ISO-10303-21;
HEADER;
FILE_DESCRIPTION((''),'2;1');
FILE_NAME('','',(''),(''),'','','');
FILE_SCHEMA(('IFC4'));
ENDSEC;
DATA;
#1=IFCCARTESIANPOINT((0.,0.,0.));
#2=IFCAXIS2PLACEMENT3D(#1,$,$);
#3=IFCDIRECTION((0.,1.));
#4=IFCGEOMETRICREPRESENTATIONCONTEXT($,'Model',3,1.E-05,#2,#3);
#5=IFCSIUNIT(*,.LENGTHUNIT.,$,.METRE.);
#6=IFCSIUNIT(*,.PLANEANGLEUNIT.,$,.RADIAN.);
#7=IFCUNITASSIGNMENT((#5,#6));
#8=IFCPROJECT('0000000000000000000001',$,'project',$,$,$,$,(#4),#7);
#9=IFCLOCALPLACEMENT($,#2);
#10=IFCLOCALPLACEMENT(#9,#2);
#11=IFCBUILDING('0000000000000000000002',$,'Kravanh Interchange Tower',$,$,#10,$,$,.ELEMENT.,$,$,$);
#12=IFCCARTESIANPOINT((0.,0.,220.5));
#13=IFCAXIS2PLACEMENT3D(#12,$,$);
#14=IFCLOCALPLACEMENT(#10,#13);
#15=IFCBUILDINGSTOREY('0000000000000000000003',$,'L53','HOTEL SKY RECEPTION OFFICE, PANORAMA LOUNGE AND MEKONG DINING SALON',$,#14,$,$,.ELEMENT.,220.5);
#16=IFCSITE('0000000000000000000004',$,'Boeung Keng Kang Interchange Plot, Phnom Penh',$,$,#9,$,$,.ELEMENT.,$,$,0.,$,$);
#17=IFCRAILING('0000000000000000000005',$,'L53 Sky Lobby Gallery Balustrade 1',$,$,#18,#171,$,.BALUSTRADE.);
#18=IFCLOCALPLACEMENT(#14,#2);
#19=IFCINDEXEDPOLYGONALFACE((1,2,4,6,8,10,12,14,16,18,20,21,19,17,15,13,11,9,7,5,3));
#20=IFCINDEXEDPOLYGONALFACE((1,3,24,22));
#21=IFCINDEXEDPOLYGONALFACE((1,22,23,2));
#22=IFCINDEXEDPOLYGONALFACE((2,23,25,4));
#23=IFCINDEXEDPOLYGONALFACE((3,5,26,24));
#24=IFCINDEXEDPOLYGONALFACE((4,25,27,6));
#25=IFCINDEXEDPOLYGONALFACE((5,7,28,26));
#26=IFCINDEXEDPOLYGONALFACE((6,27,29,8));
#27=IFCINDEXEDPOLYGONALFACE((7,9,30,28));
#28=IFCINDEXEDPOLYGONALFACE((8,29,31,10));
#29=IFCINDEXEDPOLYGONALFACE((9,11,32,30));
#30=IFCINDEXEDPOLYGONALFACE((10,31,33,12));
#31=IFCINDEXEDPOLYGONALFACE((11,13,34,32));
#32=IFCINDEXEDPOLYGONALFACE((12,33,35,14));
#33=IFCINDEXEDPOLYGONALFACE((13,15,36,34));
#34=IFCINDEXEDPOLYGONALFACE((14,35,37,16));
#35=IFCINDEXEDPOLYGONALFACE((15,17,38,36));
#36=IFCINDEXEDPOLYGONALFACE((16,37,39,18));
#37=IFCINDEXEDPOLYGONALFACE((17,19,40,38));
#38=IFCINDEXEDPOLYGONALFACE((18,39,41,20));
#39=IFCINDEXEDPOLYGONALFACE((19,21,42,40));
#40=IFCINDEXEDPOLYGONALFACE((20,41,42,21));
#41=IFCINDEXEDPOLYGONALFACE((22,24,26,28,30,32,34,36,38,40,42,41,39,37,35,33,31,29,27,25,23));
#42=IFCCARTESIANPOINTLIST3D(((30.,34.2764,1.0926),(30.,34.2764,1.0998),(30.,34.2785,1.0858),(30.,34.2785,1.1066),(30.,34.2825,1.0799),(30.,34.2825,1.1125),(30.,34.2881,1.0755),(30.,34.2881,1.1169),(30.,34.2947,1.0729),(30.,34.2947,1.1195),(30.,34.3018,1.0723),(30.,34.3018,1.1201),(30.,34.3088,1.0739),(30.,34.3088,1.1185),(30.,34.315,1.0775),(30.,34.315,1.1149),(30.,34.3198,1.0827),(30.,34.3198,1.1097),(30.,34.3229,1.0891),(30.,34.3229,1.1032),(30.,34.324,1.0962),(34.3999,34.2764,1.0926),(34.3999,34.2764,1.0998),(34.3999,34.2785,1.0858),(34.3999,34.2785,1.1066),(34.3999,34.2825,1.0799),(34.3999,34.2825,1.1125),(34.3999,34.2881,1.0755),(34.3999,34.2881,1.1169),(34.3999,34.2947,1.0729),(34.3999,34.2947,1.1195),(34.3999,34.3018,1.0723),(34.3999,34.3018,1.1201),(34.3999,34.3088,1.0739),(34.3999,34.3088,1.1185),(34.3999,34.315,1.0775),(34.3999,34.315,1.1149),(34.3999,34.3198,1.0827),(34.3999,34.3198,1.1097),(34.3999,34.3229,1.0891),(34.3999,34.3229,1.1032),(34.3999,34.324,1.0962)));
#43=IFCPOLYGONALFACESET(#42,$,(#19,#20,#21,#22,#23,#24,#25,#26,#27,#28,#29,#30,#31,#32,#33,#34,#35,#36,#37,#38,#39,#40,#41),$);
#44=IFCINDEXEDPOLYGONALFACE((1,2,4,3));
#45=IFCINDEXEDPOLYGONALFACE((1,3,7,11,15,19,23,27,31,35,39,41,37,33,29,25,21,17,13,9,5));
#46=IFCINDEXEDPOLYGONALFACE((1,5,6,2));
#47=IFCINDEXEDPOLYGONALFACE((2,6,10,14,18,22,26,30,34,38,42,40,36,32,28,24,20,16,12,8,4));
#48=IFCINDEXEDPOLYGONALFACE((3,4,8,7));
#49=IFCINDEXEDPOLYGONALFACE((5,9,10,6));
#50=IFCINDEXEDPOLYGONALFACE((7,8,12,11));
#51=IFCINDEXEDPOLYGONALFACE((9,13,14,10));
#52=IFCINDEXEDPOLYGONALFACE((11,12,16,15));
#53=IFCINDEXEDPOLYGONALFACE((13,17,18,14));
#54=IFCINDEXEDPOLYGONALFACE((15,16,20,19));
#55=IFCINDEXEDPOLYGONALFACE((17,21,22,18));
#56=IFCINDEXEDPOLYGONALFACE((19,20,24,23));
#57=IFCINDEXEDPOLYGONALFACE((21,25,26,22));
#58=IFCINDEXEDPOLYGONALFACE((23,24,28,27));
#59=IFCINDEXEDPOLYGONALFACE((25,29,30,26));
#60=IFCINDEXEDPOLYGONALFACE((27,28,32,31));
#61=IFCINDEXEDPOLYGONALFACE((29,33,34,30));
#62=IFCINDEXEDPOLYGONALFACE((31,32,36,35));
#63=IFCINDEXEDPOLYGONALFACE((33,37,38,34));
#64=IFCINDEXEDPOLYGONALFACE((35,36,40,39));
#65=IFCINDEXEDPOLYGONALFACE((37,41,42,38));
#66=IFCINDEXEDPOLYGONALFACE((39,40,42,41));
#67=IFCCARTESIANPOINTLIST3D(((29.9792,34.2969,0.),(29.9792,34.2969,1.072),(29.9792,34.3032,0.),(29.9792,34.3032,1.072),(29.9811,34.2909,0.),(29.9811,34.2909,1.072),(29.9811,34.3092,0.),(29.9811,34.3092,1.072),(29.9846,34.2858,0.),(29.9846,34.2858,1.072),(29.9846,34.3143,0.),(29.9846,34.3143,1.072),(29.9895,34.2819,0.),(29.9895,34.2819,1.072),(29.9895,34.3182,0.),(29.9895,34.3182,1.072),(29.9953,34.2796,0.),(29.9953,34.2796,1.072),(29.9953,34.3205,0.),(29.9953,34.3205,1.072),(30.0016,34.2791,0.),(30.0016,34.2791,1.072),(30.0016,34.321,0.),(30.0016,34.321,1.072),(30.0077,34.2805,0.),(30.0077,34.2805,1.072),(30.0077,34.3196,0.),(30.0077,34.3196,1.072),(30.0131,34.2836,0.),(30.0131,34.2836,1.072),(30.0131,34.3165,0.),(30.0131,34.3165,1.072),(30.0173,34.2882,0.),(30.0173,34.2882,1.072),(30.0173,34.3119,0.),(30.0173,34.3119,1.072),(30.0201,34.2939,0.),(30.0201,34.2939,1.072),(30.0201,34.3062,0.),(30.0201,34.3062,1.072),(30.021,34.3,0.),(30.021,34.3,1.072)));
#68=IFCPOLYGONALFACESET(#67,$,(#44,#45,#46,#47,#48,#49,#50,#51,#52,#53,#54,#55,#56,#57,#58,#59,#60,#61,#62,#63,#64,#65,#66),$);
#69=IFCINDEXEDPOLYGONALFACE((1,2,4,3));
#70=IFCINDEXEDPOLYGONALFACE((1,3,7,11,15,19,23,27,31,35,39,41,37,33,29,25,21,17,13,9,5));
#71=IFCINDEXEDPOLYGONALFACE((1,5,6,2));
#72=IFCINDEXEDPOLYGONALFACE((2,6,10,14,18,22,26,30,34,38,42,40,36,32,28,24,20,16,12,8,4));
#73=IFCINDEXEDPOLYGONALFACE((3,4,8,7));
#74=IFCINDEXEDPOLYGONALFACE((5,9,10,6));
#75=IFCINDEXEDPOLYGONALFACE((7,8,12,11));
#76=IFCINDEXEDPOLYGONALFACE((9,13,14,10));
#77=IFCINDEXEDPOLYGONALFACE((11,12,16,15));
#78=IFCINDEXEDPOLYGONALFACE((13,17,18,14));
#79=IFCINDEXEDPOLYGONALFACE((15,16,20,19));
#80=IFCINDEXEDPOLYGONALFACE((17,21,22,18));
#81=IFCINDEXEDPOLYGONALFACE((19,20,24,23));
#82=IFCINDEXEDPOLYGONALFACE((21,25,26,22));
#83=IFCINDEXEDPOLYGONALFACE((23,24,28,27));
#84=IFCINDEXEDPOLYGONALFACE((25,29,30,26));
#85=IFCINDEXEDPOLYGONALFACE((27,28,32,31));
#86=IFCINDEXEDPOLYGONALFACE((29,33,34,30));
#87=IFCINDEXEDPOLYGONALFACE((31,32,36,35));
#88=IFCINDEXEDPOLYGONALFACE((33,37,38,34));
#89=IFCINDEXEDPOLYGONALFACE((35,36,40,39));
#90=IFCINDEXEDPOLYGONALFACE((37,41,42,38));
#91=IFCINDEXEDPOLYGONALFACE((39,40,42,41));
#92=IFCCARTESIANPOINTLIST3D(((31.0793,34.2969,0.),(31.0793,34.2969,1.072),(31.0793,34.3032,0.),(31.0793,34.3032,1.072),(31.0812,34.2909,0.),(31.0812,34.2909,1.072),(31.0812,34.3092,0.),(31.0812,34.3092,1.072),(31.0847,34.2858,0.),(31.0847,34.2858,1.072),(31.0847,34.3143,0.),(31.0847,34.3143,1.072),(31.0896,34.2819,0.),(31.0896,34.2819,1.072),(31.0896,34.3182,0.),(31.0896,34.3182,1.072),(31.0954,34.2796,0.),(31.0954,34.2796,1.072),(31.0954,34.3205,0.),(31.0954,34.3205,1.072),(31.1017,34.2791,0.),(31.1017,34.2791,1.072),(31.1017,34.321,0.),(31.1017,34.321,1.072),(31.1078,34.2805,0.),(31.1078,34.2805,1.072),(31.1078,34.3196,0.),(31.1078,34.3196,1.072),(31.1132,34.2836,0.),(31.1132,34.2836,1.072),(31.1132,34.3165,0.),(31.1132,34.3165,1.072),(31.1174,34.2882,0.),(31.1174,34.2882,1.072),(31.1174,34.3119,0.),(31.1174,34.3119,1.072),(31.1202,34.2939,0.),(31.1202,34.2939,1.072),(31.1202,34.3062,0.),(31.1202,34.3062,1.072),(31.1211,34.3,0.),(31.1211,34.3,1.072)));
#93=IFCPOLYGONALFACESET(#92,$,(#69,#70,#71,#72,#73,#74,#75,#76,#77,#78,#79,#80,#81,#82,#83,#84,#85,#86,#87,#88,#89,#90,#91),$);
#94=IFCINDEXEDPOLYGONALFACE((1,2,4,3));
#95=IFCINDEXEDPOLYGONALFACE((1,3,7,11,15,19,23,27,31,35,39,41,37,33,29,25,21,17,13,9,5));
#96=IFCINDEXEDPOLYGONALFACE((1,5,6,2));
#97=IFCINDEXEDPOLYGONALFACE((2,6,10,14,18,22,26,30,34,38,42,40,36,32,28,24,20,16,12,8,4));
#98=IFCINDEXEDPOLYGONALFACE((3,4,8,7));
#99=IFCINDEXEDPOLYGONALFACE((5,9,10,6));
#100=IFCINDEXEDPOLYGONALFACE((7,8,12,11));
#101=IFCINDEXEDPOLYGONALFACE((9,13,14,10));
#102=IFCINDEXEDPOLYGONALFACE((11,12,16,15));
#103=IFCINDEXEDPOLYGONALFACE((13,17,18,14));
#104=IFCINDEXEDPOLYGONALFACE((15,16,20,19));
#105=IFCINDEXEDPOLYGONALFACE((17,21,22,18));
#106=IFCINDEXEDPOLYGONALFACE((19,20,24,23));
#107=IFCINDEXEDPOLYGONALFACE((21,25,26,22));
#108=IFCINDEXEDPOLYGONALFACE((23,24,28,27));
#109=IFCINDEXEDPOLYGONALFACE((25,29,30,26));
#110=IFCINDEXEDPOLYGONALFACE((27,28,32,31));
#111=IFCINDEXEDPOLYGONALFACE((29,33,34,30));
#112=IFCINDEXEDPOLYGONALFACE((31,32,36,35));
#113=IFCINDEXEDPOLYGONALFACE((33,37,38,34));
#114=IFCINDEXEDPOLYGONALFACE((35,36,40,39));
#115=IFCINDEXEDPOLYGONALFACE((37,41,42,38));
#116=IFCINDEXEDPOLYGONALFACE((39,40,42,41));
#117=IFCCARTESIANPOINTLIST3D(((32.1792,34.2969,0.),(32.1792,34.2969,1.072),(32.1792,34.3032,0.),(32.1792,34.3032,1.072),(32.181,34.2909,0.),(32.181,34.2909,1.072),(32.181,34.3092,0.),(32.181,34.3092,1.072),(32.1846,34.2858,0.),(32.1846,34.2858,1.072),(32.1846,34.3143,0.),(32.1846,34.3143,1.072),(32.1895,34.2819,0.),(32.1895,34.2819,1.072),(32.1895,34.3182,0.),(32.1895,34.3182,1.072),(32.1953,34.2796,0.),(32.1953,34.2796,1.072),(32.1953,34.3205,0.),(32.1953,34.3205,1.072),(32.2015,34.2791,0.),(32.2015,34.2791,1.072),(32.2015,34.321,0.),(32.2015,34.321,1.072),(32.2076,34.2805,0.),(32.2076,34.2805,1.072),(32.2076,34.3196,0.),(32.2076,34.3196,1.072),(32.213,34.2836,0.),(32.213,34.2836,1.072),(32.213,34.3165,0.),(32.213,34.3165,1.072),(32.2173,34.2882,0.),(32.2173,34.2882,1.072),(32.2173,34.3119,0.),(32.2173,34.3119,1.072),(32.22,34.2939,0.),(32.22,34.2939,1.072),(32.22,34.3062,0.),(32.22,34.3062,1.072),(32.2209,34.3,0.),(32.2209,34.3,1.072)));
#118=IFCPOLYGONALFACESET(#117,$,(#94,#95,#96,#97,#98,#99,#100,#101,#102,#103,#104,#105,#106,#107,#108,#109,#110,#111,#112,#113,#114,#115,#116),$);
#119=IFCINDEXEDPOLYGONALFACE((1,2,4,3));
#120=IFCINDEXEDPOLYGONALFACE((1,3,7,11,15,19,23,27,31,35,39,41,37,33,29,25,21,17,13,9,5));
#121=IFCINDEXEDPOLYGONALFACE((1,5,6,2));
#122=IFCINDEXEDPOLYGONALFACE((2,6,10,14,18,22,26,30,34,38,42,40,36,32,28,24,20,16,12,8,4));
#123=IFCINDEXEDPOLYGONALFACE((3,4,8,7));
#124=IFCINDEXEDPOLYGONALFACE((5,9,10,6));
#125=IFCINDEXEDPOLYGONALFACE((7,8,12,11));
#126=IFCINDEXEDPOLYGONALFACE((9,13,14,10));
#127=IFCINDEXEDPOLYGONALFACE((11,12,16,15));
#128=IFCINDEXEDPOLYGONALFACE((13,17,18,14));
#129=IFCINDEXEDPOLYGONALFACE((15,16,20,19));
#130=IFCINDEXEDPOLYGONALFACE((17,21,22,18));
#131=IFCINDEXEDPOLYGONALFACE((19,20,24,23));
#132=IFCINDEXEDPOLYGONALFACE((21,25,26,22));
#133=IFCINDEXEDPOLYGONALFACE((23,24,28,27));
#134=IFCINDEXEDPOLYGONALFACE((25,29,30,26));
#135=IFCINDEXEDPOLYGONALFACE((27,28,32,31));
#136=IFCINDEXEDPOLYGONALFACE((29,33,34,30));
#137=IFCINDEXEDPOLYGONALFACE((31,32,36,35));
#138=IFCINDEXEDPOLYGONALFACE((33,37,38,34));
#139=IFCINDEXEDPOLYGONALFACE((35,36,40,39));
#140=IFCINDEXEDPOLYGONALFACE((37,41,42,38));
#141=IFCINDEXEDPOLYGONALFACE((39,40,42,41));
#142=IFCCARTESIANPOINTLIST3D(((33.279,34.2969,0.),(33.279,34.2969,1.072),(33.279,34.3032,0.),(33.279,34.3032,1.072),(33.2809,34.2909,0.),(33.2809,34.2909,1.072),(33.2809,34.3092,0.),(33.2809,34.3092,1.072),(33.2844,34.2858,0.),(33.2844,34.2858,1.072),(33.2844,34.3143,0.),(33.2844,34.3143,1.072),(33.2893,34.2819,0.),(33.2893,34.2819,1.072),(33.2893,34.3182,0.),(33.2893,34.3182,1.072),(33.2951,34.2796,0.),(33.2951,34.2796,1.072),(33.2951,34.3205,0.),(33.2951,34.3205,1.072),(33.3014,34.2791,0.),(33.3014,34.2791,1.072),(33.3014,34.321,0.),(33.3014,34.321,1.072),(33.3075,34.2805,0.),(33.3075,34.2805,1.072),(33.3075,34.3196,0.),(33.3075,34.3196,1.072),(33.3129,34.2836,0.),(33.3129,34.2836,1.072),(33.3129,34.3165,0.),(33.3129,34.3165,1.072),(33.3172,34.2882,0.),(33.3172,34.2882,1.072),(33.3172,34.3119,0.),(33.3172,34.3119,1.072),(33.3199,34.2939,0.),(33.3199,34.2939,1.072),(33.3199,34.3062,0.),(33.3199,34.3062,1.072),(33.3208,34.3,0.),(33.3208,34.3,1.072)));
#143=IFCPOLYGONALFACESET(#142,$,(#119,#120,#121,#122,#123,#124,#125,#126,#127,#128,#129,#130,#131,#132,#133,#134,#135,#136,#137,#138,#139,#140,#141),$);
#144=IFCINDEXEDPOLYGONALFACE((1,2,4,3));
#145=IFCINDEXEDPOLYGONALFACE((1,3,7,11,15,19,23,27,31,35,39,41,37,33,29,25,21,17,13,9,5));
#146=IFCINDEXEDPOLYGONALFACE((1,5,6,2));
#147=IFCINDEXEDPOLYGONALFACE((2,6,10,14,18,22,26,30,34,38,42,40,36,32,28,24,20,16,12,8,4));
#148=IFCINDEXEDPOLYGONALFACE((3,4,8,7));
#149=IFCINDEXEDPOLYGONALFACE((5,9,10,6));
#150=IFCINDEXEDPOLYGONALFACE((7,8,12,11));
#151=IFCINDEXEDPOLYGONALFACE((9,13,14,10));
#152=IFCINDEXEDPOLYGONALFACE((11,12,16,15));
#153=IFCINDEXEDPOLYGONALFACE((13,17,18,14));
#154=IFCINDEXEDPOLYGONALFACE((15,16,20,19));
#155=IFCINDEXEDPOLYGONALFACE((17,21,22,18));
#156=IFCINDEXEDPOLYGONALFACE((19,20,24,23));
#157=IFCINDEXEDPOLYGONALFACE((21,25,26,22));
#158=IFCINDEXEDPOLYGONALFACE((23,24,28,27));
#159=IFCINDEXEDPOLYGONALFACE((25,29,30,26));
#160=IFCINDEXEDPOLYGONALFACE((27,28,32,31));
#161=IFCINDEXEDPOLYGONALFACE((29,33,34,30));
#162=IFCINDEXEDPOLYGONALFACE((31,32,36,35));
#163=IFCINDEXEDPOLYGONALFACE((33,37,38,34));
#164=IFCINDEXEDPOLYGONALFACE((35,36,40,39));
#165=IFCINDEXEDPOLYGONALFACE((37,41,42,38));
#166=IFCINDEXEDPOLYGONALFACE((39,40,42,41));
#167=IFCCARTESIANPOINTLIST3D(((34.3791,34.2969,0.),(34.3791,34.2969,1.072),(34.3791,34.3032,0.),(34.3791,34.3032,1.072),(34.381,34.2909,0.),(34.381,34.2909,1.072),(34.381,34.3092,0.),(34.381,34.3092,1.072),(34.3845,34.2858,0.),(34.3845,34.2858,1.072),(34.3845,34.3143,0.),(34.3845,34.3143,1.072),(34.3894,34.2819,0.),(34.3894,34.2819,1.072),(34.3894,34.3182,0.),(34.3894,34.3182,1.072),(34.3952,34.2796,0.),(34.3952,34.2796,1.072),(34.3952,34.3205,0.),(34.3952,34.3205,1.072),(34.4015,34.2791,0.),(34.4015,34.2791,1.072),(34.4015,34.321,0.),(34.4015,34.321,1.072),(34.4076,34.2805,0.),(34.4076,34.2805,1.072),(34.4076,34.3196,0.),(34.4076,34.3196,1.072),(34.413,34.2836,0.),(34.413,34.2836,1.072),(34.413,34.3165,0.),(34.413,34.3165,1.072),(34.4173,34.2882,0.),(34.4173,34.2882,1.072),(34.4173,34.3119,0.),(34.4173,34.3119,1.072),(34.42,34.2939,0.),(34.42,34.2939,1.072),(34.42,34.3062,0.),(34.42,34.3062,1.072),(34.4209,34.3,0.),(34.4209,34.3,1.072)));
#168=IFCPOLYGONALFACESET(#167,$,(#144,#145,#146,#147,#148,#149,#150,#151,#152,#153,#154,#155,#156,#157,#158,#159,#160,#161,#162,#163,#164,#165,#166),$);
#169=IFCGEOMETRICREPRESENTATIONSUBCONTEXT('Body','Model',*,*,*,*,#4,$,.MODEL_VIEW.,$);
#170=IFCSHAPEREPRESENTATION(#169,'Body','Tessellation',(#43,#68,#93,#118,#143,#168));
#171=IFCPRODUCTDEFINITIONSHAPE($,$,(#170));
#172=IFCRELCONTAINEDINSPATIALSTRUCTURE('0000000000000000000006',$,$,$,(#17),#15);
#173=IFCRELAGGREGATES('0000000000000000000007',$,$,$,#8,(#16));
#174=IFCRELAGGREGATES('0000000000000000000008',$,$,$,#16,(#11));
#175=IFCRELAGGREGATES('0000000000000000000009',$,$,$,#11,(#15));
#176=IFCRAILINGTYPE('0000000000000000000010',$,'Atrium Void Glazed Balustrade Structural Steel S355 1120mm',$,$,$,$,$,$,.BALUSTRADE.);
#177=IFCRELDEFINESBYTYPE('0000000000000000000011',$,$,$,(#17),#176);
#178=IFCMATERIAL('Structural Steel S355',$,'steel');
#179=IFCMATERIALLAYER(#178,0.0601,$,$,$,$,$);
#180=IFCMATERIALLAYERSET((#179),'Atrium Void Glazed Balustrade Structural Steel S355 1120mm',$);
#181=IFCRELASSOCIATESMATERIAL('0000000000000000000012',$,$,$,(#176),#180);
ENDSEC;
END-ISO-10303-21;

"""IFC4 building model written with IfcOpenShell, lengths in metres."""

from ifc_helpers import new_model, si_unit, direction, frame, origin, origin_2d, place, context, subcontext, project, spatial, circle, extrude, material, layer, layer_set, type_object, element, save


model = new_model("IFC4")

# Units and contexts
model_context = context("Model", 3, precision=1e-05, world=origin(), true_north=direction((0.0, 1.0)))
body_context = subcontext(model_context, "Body", "Model", "MODEL_VIEW")
ifc_project = project(units=[si_unit("LENGTHUNIT", "METRE"), si_unit("PLANEANGLEUNIT", "RADIAN")], contexts=[model_context])

# Site, building, storey
site_placement = place(None, origin())
site = spatial("IfcSite", under=ifc_project, at=site_placement, Name="Boeung Keng Kang Interchange Plot, Phnom Penh", CompositionType="ELEMENT", RefElevation=0.0)
building_placement = place(site_placement, origin())
building = spatial("IfcBuilding", under=site, at=building_placement, Name="Kravanh Interchange Tower", CompositionType="ELEMENT")
storey_placement = place(building_placement, frame((0.0, 0.0, 220.5)))
storey = spatial("IfcBuildingStorey", under=building, at=storey_placement, Name="L53", Description="HOTEL SKY RECEPTION OFFICE, PANORAMA LOUNGE AND MEKONG DINING SALON", CompositionType="ELEMENT", Elevation=220.5)

# Railing
ifc_material_1 = material(Name="Structural Steel S355", Category="steel")
ifc_layer = layer(ifc_material_1, 0.0601)
ifc_layer_set = layer_set([ifc_layer], Name="Atrium Void Glazed Balustrade Structural Steel S355 1120mm")
railing_type = type_object("IfcRailingType", Name="Atrium Void Glazed Balustrade Structural Steel S355 1120mm", PredefinedType="BALUSTRADE", material=ifc_layer_set)
railing_1_placement = place(storey_placement, frame((30.0, 34.3, 0.0)))
element("IfcRailing", 1, at=railing_1_placement, inside=storey, type_object=railing_type, Name="L53 Sky Lobby Gallery Balustrade 1", PredefinedType="BALUSTRADE", context=body_context, shape_type="SweptSolid", body=[
    extrude(circle(Radius=0.0239, at=origin_2d()), frame((0.0, 0.0, 1.0962), z_axis=(1.0, 0.0, 0.0), x_axis=(0.0, 1.0, 0.0)), (0.0, 0.0, 1.0), 4.3999),
    extrude(circle(Radius=0.021, at=origin_2d()), origin(), (0.0, 0.0, 1.0), 1.072),
    extrude(circle(Radius=0.021, at=origin_2d()), frame((1.1001, 0.0, 0.0)), (0.0, 0.0, 1.0), 1.072),
    extrude(circle(Radius=0.021, at=origin_2d()), frame((2.2, 0.0, 0.0)), (0.0, 0.0, 1.0), 1.072),
    extrude(circle(Radius=0.021, at=origin_2d()), frame((3.2998, 0.0, 0.0)), (0.0, 0.0, 1.0), 1.072),
    extrude(circle(Radius=0.021, at=origin_2d()), frame((4.3999, 0.0, 0.0)), (0.0, 0.0, 1.0), 1.072),
])

save(model, "model.ifc")
